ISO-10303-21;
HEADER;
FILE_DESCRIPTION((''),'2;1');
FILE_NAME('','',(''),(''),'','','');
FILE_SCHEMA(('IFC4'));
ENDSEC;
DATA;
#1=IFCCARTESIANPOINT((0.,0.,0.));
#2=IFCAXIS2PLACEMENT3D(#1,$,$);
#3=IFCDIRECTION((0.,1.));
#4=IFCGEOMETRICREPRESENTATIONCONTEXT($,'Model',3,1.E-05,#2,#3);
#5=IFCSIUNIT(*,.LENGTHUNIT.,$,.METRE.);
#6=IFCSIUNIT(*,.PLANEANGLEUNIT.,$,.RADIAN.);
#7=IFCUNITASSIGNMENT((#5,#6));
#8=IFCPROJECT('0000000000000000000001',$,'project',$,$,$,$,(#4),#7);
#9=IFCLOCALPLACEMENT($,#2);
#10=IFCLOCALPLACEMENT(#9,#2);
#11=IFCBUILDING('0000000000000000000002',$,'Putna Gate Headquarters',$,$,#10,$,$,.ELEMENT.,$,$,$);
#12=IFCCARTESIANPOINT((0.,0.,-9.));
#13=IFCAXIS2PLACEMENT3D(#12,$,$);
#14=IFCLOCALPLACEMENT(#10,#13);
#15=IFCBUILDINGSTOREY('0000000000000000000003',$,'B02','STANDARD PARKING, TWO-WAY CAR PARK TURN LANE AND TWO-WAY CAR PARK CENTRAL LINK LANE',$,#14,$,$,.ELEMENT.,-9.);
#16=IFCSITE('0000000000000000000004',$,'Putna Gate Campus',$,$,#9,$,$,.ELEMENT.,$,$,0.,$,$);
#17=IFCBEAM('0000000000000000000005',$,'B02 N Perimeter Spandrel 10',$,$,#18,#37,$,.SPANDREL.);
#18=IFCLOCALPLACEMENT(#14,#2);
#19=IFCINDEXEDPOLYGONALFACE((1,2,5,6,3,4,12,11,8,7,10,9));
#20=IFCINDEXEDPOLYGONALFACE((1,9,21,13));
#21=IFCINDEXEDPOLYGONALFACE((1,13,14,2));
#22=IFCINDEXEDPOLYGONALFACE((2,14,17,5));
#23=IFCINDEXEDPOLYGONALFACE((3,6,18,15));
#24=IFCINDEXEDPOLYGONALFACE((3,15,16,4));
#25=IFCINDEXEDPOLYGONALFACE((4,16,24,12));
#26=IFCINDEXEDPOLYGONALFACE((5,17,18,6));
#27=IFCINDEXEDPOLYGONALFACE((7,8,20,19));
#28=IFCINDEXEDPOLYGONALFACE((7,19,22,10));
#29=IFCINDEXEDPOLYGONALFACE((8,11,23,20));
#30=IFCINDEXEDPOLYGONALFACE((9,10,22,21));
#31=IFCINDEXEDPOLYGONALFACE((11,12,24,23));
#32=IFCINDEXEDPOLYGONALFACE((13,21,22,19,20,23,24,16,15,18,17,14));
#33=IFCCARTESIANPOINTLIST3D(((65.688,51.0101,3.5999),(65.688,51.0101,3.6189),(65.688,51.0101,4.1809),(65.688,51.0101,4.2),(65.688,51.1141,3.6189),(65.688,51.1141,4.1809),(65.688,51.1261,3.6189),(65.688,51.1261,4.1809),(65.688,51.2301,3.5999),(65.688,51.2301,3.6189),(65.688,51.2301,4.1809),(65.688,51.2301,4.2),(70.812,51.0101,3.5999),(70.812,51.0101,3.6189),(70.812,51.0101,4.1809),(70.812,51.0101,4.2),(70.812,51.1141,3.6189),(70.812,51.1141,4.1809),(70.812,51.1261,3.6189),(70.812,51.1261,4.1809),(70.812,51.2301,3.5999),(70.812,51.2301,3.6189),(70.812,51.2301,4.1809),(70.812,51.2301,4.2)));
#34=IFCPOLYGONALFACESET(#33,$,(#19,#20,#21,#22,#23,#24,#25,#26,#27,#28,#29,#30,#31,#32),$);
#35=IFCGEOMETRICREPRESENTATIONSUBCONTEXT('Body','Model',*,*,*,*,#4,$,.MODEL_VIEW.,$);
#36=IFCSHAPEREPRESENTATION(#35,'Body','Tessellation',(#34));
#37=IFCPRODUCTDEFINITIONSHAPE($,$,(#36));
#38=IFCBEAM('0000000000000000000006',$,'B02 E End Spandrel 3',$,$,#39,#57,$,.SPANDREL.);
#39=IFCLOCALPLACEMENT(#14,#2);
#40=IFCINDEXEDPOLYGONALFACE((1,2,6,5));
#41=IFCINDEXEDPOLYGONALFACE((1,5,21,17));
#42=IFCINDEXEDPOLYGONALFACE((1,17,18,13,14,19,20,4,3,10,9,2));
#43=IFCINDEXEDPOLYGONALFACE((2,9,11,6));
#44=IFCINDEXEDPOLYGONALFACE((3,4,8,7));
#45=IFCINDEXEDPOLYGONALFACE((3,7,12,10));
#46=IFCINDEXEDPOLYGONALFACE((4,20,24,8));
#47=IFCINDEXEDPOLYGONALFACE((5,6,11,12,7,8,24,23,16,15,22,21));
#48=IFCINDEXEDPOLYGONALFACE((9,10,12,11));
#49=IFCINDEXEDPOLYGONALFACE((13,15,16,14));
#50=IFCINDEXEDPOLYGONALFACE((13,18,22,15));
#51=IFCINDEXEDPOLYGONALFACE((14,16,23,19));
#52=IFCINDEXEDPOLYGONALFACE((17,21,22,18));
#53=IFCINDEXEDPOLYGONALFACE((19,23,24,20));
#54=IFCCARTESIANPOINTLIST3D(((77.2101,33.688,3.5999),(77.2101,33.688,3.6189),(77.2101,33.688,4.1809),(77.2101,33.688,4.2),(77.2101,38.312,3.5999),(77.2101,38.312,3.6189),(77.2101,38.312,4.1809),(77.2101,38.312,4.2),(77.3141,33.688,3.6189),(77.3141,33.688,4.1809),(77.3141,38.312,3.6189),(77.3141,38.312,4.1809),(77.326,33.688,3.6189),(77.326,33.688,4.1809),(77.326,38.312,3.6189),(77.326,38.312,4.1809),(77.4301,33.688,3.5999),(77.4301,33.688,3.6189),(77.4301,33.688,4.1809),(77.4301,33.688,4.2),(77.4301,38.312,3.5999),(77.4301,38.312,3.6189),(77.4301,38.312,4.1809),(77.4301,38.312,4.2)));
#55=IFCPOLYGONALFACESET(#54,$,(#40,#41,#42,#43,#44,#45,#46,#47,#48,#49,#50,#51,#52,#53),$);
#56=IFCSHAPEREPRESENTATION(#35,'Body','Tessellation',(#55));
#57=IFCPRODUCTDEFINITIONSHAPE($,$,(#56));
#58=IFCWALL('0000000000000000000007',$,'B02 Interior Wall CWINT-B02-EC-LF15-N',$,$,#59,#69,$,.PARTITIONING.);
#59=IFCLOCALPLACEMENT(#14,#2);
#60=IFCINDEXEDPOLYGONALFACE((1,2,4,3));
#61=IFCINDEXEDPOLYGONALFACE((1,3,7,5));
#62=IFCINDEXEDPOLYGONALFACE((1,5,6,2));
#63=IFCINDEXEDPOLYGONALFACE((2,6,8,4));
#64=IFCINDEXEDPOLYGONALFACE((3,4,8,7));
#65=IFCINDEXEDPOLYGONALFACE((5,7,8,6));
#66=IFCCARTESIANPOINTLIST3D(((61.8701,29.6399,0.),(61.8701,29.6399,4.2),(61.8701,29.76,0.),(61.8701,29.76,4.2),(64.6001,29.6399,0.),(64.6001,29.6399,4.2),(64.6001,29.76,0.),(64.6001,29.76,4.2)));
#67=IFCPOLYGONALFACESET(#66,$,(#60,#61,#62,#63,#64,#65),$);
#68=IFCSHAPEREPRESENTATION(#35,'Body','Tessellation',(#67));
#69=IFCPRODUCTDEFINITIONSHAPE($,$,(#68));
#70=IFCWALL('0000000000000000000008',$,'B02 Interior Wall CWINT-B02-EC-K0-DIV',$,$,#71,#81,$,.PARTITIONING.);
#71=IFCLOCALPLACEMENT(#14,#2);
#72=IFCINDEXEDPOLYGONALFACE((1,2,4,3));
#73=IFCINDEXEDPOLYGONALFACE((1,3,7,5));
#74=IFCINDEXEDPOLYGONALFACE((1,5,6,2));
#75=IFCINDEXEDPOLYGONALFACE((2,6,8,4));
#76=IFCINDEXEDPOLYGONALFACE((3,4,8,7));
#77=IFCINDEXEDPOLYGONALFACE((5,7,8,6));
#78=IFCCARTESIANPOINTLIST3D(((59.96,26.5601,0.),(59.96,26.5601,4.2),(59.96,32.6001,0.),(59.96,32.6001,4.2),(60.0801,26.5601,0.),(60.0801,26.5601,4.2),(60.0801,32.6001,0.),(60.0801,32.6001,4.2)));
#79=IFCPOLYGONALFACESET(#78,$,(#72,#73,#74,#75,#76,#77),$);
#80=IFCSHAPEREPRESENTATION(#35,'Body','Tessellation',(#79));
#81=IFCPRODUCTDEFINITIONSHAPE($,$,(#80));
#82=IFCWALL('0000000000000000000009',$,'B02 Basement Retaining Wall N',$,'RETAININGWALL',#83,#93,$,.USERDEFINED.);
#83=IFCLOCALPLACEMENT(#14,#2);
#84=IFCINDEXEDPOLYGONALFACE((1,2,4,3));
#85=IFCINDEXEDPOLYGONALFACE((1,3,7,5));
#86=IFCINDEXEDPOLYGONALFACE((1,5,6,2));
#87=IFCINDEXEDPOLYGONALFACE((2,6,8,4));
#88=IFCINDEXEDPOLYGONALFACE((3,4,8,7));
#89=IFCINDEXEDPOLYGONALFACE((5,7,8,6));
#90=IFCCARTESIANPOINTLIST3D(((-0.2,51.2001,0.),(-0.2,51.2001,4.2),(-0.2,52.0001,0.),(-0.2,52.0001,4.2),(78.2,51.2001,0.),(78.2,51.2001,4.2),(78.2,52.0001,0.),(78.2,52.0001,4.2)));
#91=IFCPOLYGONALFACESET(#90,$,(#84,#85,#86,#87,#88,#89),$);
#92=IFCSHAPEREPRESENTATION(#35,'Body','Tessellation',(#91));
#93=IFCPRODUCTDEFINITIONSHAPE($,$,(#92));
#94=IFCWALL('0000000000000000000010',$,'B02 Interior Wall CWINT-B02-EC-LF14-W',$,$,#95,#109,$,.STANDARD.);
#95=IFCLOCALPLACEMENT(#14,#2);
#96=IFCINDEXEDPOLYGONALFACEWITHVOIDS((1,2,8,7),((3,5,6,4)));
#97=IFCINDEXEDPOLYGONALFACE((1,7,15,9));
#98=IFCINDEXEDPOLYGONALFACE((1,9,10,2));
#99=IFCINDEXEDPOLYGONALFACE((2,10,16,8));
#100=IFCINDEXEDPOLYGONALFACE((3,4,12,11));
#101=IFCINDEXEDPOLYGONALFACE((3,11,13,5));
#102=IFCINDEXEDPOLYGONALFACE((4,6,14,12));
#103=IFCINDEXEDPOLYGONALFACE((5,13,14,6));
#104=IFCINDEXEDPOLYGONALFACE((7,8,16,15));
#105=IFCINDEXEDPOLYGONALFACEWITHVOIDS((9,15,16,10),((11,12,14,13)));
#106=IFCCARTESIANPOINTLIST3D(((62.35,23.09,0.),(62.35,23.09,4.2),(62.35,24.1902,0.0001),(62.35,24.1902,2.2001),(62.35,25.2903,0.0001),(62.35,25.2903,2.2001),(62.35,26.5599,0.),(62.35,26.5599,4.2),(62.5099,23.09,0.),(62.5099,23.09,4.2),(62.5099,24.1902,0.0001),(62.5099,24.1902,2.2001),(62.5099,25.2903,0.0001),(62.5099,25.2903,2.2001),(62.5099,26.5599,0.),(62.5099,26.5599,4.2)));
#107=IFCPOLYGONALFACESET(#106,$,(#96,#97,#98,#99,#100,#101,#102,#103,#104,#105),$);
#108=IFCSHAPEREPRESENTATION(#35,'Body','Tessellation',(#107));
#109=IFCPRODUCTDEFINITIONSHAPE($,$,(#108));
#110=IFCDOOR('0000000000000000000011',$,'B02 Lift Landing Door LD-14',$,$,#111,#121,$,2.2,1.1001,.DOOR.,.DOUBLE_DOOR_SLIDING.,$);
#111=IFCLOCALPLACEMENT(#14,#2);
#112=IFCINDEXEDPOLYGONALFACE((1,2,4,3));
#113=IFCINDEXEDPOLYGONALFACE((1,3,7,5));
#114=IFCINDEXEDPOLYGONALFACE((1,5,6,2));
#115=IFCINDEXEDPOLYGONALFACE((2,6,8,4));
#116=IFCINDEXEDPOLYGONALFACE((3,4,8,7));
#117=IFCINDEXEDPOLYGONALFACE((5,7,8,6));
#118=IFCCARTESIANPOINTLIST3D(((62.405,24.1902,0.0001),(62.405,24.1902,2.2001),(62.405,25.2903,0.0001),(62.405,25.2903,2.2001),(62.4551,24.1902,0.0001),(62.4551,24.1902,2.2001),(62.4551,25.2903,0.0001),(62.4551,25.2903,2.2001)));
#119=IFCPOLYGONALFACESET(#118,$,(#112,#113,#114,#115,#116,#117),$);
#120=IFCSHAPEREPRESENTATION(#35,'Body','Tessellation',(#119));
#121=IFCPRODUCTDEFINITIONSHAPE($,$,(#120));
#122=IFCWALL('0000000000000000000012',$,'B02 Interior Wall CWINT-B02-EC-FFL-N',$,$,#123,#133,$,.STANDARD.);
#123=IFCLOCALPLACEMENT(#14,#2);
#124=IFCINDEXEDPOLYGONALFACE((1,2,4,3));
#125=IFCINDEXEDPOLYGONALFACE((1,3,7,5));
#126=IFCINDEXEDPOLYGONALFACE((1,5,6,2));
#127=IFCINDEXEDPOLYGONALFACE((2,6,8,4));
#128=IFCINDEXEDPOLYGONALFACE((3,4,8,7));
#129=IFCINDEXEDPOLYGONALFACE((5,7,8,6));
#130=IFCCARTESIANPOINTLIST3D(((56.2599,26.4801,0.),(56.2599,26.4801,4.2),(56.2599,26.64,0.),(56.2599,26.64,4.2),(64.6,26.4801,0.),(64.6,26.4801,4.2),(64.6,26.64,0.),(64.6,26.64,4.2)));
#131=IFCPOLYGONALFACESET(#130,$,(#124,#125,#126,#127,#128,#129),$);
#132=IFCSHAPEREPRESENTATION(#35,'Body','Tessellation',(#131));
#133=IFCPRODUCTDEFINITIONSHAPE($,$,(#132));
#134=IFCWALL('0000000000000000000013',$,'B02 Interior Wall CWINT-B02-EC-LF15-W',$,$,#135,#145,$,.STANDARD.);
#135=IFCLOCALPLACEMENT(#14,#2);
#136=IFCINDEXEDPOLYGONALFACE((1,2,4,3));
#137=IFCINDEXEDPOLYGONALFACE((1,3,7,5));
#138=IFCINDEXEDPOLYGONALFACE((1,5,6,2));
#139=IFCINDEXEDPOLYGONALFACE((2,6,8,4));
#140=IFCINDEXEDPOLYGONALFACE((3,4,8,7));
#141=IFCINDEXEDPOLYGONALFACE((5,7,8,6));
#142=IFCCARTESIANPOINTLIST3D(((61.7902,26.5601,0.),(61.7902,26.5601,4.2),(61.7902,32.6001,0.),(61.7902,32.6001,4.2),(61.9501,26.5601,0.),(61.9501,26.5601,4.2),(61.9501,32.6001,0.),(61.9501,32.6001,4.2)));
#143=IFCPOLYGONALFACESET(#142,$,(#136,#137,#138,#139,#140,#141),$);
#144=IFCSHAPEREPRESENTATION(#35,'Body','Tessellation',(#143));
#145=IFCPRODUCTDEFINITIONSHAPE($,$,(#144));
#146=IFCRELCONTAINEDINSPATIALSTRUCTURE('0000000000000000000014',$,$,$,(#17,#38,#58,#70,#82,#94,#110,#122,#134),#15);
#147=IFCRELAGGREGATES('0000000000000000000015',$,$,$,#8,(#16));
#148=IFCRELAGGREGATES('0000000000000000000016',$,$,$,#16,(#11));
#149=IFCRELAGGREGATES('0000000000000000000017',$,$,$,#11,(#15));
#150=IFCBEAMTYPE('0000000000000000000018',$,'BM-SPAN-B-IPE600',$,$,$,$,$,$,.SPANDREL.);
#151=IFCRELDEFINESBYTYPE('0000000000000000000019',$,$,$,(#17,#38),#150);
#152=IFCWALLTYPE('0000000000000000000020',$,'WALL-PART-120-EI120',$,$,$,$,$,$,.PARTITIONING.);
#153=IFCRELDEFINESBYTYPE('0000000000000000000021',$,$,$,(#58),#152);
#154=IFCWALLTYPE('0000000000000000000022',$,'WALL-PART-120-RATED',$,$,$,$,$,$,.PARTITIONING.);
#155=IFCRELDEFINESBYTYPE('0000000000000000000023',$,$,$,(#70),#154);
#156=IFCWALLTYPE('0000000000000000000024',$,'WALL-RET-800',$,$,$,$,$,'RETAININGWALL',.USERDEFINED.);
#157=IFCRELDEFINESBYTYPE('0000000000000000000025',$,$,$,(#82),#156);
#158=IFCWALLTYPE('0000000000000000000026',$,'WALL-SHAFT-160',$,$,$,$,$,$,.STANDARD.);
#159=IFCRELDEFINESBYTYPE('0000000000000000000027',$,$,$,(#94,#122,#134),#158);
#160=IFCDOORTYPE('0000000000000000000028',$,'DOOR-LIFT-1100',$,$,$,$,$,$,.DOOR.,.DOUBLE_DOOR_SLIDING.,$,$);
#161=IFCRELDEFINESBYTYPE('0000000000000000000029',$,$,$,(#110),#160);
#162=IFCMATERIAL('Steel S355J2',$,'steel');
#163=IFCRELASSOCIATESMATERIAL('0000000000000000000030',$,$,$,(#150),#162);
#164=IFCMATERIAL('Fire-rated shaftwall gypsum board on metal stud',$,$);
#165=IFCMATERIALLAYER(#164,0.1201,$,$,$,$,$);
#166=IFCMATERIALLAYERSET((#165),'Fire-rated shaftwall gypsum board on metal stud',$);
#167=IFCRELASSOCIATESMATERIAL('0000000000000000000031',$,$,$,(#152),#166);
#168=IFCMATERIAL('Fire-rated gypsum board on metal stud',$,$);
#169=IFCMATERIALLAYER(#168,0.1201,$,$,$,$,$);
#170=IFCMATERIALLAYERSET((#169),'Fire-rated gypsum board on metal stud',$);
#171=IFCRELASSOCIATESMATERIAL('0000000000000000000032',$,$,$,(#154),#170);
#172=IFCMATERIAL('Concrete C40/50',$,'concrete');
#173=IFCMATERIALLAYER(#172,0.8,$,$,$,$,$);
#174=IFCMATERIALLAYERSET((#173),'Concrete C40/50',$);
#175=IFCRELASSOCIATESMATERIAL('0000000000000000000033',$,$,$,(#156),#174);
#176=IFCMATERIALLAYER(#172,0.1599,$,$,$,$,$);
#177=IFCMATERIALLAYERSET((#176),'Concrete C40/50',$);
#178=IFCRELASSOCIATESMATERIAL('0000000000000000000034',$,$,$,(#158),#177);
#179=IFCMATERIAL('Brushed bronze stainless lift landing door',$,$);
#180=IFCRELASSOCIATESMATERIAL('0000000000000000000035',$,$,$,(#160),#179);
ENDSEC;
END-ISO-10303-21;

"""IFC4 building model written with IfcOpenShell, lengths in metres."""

from ifc_helpers import new_model, si_unit, direction, frame, frame_2d, origin, origin_2d, place, context, subcontext, project, spatial, rectangle, i_section, extrude, material, layer, layer_set, material_profile, profile_set, type_object, element, fill, save


model = new_model("IFC4")

# Units and contexts
model_context = context("Model", 3, precision=1e-05, world=origin(), true_north=direction((0.0, 1.0)))
body_context = subcontext(model_context, "Body", "Model", "MODEL_VIEW")
ifc_project = project(units=[si_unit("LENGTHUNIT", "METRE"), si_unit("PLANEANGLEUNIT", "RADIAN")], contexts=[model_context])

# Site, building, storey
site_placement = place(None, origin())
site = spatial("IfcSite", under=ifc_project, at=site_placement, Name="Putna Gate Campus", CompositionType="ELEMENT", RefElevation=0.0)
building_placement = place(site_placement, origin())
building = spatial("IfcBuilding", under=site, at=building_placement, Name="Putna Gate Headquarters", CompositionType="ELEMENT")
storey_placement = place(building_placement, frame((0.0, 0.0, -9.0)))
storey = spatial("IfcBuildingStorey", under=building, at=storey_placement, Name="B02", Description="STANDARD PARKING, TWO-WAY CAR PARK TURN LANE AND TWO-WAY CAR PARK CENTRAL LINK LANE", CompositionType="ELEMENT", Elevation=-9.0)

# Beams
ifc_material_1 = material(Name="Steel S355J2", Category="steel")
ifc_material_profile_1 = material_profile(ifc_material_1, i_section(OverallWidth=0.22, OverallDepth=0.6001, WebThickness=0.012, FlangeThickness=0.019, at=origin_2d()), Name="Steel S355J2")
ifc_profile_set_1 = profile_set([ifc_material_profile_1], Name="Steel S355J2")
beam_type_1 = type_object("IfcBeamType", Name="BM-SPAN-B-IPE600", PredefinedType="SPANDREL", material=ifc_profile_set_1)
for number, where, z_axis, x_axis, name in (
    (1, (65.688, 51.1201, 3.8999), (1.0, 0.0, 0.0), (0.0, 1.0, 0.0), "B02 N Perimeter Spandrel 10"),
):
    element("IfcBeam", number, at=place(storey_placement, frame(where, z_axis=z_axis, x_axis=x_axis)), inside=storey, type_object=beam_type_1, Name=name, PredefinedType="SPANDREL", context=body_context, shape_type="SweptSolid", body=[
        extrude(i_section(OverallWidth=0.22, OverallDepth=0.6001, WebThickness=0.012, FlangeThickness=0.019, at=origin_2d()), origin(), (0.0, 0.0, 1.0), 5.124),
    ])
beam_1_placement = place(storey_placement, frame((77.3201, 33.688, 3.8999), z_axis=(0.0, 1.0, 0.0), x_axis=(-1.0, 0.0, 0.0)))
element("IfcBeam", 2, at=beam_1_placement, inside=storey, type_object=beam_type_1, Name="B02 E End Spandrel 3", PredefinedType="SPANDREL", context=body_context, shape_type="SweptSolid", body=[
    extrude(i_section(OverallWidth=0.22, OverallDepth=0.6001, WebThickness=0.012, FlangeThickness=0.019, at=origin_2d()), origin(), (0.0, 0.0, 1.0), 4.624),
])

# Walls
ifc_material_2 = material(Name="Fire-rated shaftwall gypsum board on metal stud")
ifc_layer_1 = layer(ifc_material_2, 0.1201)
ifc_layer_set_1 = layer_set([ifc_layer_1], Name="Fire-rated shaftwall gypsum board on metal stud")
wall_type_1 = type_object("IfcWallType", Name="WALL-PART-120-EI120", PredefinedType="PARTITIONING", material=ifc_layer_set_1)
wall_1_placement = place(storey_placement, frame((61.8701, 29.7, 0.0), z_axis=(0.0, 0.0, 1.0), x_axis=(1.0, 0.0, 0.0)))
element("IfcWall", 3, at=wall_1_placement, inside=storey, type_object=wall_type_1, Name="B02 Interior Wall CWINT-B02-EC-LF15-N", PredefinedType="PARTITIONING", context=body_context, shape_type="SweptSolid", body=[
    extrude(rectangle(XDim=2.73, YDim=0.1201, at=frame_2d((1.365, 0.0))), origin(), (0.0, 0.0, 1.0), 4.2),
])
ifc_material_3 = material(Name="Fire-rated gypsum board on metal stud")
ifc_layer_2 = layer(ifc_material_3, 0.1201)
ifc_layer_set_2 = layer_set([ifc_layer_2], Name="Fire-rated gypsum board on metal stud")
wall_type_2 = type_object("IfcWallType", Name="WALL-PART-120-RATED", PredefinedType="PARTITIONING", material=ifc_layer_set_2)
wall_2_placement = place(storey_placement, frame((60.02, 26.5601, 0.0), z_axis=(0.0, 0.0, 1.0), x_axis=(0.0, 1.0, 0.0)))
element("IfcWall", 4, at=wall_2_placement, inside=storey, type_object=wall_type_2, Name="B02 Interior Wall CWINT-B02-EC-K0-DIV", PredefinedType="PARTITIONING", context=body_context, shape_type="SweptSolid", body=[
    extrude(rectangle(XDim=6.04, YDim=0.1201, at=frame_2d((3.02, 0.0))), origin(), (0.0, 0.0, 1.0), 4.2),
])
ifc_material_4 = material(Name="Concrete C40/50", Category="concrete")
ifc_layer_3 = layer(ifc_material_4, 0.8)
ifc_layer_set_3 = layer_set([ifc_layer_3], Name="Concrete C40/50")
wall_type_3 = type_object("IfcWallType", Name="WALL-RET-800", ElementType="RETAININGWALL", PredefinedType="USERDEFINED", material=ifc_layer_set_3)
wall_3_placement = place(storey_placement, frame((78.2, 51.6001, 0.0), z_axis=(0.0, 0.0, 1.0), x_axis=(-1.0, 0.0, 0.0)))
element("IfcWall", 5, at=wall_3_placement, inside=storey, type_object=wall_type_3, Name="B02 Basement Retaining Wall N", ObjectType="RETAININGWALL", PredefinedType="USERDEFINED", context=body_context, shape_type="SweptSolid", body=[
    extrude(rectangle(XDim=78.3999, YDim=0.8, at=frame_2d((39.2, 0.0))), origin(), (0.0, 0.0, 1.0), 4.2),
])

# Wall, opening, door
ifc_layer_4 = layer(ifc_material_4, 0.1599)
ifc_layer_set_4 = layer_set([ifc_layer_4], Name="Concrete C40/50")
wall_type_4 = type_object("IfcWallType", Name="WALL-SHAFT-160", PredefinedType="STANDARD", material=ifc_layer_set_4)
wall_4_placement = place(storey_placement, frame((62.4299, 23.0901, 0.0), z_axis=(0.0, 0.0, 1.0), x_axis=(0.0, 1.0, 0.0)))
wall_4 = element("IfcWall", 6, at=wall_4_placement, inside=storey, type_object=wall_type_4, Name="B02 Interior Wall CWINT-B02-EC-LF14-W", PredefinedType="STANDARD", context=body_context, shape_type="SweptSolid", body=[
    extrude(rectangle(XDim=3.47, YDim=0.1599, at=frame_2d((1.7349, 0.0))), origin(), (0.0, 0.0, 1.0), 4.2),
])
opening_placement = place(wall_4_placement, frame((1.1001, 0.0, 0.0)))
opening = element("IfcOpeningElement", 7, at=opening_placement, cuts=wall_4, PredefinedType="OPENING", context=body_context, shape_type="SweptSolid", body=[
    extrude(rectangle(XDim=1.1001, YDim=2.2, at=frame_2d((0.55, 1.1001))), frame((0.0, 0.0898, 0.0), z_axis=(0.0, -1.0, 0.0), x_axis=(1.0, 0.0, 0.0)), (0.0, 0.0, 1.0), 0.1799),
])
ifc_material_5 = material(Name="Brushed bronze stainless lift landing door")
door_type = type_object("IfcDoorType", Name="DOOR-LIFT-1100", OperationType="DOUBLE_DOOR_SLIDING", PredefinedType="DOOR", material=ifc_material_5)
door_placement = place(opening_placement, origin())
door = element("IfcDoor", 8, at=door_placement, inside=storey, type_object=door_type, Name="B02 Lift Landing Door LD-14", OperationType="DOUBLE_DOOR_SLIDING", OverallHeight=2.2, OverallWidth=1.1001, PredefinedType="DOOR", context=body_context, shape_type="SweptSolid", body=[
    extrude(rectangle(XDim=1.1001, YDim=2.2, at=frame_2d((0.55, 1.1001))), frame((0.0, 0.0249, 0.0), z_axis=(0.0, -1.0, 0.0), x_axis=(1.0, 0.0, 0.0)), (0.0, 0.0, 1.0), 0.05),
])
fill(opening, door)

# Walls
wall_5_placement = place(storey_placement, frame((56.26, 26.5601, 0.0), z_axis=(0.0, 0.0, 1.0), x_axis=(1.0, 0.0, 0.0)))
element("IfcWall", 9, at=wall_5_placement, inside=storey, type_object=wall_type_4, Name="B02 Interior Wall CWINT-B02-EC-FFL-N", PredefinedType="STANDARD", context=body_context, shape_type="SweptSolid", body=[
    extrude(rectangle(XDim=8.3401, YDim=0.1599, at=frame_2d((4.1699, 0.0))), origin(), (0.0, 0.0, 1.0), 4.2),
])
wall_6_placement = place(storey_placement, frame((61.8701, 26.5601, 0.0), z_axis=(0.0, 0.0, 1.0), x_axis=(0.0, 1.0, 0.0)))
element("IfcWall", 10, at=wall_6_placement, inside=storey, type_object=wall_type_4, Name="B02 Interior Wall CWINT-B02-EC-LF15-W", PredefinedType="STANDARD", context=body_context, shape_type="SweptSolid", body=[
    extrude(rectangle(XDim=6.04, YDim=0.1599, at=frame_2d((3.02, 0.0))), origin(), (0.0, 0.0, 1.0), 4.2),
])

save(model, "model.ifc")
